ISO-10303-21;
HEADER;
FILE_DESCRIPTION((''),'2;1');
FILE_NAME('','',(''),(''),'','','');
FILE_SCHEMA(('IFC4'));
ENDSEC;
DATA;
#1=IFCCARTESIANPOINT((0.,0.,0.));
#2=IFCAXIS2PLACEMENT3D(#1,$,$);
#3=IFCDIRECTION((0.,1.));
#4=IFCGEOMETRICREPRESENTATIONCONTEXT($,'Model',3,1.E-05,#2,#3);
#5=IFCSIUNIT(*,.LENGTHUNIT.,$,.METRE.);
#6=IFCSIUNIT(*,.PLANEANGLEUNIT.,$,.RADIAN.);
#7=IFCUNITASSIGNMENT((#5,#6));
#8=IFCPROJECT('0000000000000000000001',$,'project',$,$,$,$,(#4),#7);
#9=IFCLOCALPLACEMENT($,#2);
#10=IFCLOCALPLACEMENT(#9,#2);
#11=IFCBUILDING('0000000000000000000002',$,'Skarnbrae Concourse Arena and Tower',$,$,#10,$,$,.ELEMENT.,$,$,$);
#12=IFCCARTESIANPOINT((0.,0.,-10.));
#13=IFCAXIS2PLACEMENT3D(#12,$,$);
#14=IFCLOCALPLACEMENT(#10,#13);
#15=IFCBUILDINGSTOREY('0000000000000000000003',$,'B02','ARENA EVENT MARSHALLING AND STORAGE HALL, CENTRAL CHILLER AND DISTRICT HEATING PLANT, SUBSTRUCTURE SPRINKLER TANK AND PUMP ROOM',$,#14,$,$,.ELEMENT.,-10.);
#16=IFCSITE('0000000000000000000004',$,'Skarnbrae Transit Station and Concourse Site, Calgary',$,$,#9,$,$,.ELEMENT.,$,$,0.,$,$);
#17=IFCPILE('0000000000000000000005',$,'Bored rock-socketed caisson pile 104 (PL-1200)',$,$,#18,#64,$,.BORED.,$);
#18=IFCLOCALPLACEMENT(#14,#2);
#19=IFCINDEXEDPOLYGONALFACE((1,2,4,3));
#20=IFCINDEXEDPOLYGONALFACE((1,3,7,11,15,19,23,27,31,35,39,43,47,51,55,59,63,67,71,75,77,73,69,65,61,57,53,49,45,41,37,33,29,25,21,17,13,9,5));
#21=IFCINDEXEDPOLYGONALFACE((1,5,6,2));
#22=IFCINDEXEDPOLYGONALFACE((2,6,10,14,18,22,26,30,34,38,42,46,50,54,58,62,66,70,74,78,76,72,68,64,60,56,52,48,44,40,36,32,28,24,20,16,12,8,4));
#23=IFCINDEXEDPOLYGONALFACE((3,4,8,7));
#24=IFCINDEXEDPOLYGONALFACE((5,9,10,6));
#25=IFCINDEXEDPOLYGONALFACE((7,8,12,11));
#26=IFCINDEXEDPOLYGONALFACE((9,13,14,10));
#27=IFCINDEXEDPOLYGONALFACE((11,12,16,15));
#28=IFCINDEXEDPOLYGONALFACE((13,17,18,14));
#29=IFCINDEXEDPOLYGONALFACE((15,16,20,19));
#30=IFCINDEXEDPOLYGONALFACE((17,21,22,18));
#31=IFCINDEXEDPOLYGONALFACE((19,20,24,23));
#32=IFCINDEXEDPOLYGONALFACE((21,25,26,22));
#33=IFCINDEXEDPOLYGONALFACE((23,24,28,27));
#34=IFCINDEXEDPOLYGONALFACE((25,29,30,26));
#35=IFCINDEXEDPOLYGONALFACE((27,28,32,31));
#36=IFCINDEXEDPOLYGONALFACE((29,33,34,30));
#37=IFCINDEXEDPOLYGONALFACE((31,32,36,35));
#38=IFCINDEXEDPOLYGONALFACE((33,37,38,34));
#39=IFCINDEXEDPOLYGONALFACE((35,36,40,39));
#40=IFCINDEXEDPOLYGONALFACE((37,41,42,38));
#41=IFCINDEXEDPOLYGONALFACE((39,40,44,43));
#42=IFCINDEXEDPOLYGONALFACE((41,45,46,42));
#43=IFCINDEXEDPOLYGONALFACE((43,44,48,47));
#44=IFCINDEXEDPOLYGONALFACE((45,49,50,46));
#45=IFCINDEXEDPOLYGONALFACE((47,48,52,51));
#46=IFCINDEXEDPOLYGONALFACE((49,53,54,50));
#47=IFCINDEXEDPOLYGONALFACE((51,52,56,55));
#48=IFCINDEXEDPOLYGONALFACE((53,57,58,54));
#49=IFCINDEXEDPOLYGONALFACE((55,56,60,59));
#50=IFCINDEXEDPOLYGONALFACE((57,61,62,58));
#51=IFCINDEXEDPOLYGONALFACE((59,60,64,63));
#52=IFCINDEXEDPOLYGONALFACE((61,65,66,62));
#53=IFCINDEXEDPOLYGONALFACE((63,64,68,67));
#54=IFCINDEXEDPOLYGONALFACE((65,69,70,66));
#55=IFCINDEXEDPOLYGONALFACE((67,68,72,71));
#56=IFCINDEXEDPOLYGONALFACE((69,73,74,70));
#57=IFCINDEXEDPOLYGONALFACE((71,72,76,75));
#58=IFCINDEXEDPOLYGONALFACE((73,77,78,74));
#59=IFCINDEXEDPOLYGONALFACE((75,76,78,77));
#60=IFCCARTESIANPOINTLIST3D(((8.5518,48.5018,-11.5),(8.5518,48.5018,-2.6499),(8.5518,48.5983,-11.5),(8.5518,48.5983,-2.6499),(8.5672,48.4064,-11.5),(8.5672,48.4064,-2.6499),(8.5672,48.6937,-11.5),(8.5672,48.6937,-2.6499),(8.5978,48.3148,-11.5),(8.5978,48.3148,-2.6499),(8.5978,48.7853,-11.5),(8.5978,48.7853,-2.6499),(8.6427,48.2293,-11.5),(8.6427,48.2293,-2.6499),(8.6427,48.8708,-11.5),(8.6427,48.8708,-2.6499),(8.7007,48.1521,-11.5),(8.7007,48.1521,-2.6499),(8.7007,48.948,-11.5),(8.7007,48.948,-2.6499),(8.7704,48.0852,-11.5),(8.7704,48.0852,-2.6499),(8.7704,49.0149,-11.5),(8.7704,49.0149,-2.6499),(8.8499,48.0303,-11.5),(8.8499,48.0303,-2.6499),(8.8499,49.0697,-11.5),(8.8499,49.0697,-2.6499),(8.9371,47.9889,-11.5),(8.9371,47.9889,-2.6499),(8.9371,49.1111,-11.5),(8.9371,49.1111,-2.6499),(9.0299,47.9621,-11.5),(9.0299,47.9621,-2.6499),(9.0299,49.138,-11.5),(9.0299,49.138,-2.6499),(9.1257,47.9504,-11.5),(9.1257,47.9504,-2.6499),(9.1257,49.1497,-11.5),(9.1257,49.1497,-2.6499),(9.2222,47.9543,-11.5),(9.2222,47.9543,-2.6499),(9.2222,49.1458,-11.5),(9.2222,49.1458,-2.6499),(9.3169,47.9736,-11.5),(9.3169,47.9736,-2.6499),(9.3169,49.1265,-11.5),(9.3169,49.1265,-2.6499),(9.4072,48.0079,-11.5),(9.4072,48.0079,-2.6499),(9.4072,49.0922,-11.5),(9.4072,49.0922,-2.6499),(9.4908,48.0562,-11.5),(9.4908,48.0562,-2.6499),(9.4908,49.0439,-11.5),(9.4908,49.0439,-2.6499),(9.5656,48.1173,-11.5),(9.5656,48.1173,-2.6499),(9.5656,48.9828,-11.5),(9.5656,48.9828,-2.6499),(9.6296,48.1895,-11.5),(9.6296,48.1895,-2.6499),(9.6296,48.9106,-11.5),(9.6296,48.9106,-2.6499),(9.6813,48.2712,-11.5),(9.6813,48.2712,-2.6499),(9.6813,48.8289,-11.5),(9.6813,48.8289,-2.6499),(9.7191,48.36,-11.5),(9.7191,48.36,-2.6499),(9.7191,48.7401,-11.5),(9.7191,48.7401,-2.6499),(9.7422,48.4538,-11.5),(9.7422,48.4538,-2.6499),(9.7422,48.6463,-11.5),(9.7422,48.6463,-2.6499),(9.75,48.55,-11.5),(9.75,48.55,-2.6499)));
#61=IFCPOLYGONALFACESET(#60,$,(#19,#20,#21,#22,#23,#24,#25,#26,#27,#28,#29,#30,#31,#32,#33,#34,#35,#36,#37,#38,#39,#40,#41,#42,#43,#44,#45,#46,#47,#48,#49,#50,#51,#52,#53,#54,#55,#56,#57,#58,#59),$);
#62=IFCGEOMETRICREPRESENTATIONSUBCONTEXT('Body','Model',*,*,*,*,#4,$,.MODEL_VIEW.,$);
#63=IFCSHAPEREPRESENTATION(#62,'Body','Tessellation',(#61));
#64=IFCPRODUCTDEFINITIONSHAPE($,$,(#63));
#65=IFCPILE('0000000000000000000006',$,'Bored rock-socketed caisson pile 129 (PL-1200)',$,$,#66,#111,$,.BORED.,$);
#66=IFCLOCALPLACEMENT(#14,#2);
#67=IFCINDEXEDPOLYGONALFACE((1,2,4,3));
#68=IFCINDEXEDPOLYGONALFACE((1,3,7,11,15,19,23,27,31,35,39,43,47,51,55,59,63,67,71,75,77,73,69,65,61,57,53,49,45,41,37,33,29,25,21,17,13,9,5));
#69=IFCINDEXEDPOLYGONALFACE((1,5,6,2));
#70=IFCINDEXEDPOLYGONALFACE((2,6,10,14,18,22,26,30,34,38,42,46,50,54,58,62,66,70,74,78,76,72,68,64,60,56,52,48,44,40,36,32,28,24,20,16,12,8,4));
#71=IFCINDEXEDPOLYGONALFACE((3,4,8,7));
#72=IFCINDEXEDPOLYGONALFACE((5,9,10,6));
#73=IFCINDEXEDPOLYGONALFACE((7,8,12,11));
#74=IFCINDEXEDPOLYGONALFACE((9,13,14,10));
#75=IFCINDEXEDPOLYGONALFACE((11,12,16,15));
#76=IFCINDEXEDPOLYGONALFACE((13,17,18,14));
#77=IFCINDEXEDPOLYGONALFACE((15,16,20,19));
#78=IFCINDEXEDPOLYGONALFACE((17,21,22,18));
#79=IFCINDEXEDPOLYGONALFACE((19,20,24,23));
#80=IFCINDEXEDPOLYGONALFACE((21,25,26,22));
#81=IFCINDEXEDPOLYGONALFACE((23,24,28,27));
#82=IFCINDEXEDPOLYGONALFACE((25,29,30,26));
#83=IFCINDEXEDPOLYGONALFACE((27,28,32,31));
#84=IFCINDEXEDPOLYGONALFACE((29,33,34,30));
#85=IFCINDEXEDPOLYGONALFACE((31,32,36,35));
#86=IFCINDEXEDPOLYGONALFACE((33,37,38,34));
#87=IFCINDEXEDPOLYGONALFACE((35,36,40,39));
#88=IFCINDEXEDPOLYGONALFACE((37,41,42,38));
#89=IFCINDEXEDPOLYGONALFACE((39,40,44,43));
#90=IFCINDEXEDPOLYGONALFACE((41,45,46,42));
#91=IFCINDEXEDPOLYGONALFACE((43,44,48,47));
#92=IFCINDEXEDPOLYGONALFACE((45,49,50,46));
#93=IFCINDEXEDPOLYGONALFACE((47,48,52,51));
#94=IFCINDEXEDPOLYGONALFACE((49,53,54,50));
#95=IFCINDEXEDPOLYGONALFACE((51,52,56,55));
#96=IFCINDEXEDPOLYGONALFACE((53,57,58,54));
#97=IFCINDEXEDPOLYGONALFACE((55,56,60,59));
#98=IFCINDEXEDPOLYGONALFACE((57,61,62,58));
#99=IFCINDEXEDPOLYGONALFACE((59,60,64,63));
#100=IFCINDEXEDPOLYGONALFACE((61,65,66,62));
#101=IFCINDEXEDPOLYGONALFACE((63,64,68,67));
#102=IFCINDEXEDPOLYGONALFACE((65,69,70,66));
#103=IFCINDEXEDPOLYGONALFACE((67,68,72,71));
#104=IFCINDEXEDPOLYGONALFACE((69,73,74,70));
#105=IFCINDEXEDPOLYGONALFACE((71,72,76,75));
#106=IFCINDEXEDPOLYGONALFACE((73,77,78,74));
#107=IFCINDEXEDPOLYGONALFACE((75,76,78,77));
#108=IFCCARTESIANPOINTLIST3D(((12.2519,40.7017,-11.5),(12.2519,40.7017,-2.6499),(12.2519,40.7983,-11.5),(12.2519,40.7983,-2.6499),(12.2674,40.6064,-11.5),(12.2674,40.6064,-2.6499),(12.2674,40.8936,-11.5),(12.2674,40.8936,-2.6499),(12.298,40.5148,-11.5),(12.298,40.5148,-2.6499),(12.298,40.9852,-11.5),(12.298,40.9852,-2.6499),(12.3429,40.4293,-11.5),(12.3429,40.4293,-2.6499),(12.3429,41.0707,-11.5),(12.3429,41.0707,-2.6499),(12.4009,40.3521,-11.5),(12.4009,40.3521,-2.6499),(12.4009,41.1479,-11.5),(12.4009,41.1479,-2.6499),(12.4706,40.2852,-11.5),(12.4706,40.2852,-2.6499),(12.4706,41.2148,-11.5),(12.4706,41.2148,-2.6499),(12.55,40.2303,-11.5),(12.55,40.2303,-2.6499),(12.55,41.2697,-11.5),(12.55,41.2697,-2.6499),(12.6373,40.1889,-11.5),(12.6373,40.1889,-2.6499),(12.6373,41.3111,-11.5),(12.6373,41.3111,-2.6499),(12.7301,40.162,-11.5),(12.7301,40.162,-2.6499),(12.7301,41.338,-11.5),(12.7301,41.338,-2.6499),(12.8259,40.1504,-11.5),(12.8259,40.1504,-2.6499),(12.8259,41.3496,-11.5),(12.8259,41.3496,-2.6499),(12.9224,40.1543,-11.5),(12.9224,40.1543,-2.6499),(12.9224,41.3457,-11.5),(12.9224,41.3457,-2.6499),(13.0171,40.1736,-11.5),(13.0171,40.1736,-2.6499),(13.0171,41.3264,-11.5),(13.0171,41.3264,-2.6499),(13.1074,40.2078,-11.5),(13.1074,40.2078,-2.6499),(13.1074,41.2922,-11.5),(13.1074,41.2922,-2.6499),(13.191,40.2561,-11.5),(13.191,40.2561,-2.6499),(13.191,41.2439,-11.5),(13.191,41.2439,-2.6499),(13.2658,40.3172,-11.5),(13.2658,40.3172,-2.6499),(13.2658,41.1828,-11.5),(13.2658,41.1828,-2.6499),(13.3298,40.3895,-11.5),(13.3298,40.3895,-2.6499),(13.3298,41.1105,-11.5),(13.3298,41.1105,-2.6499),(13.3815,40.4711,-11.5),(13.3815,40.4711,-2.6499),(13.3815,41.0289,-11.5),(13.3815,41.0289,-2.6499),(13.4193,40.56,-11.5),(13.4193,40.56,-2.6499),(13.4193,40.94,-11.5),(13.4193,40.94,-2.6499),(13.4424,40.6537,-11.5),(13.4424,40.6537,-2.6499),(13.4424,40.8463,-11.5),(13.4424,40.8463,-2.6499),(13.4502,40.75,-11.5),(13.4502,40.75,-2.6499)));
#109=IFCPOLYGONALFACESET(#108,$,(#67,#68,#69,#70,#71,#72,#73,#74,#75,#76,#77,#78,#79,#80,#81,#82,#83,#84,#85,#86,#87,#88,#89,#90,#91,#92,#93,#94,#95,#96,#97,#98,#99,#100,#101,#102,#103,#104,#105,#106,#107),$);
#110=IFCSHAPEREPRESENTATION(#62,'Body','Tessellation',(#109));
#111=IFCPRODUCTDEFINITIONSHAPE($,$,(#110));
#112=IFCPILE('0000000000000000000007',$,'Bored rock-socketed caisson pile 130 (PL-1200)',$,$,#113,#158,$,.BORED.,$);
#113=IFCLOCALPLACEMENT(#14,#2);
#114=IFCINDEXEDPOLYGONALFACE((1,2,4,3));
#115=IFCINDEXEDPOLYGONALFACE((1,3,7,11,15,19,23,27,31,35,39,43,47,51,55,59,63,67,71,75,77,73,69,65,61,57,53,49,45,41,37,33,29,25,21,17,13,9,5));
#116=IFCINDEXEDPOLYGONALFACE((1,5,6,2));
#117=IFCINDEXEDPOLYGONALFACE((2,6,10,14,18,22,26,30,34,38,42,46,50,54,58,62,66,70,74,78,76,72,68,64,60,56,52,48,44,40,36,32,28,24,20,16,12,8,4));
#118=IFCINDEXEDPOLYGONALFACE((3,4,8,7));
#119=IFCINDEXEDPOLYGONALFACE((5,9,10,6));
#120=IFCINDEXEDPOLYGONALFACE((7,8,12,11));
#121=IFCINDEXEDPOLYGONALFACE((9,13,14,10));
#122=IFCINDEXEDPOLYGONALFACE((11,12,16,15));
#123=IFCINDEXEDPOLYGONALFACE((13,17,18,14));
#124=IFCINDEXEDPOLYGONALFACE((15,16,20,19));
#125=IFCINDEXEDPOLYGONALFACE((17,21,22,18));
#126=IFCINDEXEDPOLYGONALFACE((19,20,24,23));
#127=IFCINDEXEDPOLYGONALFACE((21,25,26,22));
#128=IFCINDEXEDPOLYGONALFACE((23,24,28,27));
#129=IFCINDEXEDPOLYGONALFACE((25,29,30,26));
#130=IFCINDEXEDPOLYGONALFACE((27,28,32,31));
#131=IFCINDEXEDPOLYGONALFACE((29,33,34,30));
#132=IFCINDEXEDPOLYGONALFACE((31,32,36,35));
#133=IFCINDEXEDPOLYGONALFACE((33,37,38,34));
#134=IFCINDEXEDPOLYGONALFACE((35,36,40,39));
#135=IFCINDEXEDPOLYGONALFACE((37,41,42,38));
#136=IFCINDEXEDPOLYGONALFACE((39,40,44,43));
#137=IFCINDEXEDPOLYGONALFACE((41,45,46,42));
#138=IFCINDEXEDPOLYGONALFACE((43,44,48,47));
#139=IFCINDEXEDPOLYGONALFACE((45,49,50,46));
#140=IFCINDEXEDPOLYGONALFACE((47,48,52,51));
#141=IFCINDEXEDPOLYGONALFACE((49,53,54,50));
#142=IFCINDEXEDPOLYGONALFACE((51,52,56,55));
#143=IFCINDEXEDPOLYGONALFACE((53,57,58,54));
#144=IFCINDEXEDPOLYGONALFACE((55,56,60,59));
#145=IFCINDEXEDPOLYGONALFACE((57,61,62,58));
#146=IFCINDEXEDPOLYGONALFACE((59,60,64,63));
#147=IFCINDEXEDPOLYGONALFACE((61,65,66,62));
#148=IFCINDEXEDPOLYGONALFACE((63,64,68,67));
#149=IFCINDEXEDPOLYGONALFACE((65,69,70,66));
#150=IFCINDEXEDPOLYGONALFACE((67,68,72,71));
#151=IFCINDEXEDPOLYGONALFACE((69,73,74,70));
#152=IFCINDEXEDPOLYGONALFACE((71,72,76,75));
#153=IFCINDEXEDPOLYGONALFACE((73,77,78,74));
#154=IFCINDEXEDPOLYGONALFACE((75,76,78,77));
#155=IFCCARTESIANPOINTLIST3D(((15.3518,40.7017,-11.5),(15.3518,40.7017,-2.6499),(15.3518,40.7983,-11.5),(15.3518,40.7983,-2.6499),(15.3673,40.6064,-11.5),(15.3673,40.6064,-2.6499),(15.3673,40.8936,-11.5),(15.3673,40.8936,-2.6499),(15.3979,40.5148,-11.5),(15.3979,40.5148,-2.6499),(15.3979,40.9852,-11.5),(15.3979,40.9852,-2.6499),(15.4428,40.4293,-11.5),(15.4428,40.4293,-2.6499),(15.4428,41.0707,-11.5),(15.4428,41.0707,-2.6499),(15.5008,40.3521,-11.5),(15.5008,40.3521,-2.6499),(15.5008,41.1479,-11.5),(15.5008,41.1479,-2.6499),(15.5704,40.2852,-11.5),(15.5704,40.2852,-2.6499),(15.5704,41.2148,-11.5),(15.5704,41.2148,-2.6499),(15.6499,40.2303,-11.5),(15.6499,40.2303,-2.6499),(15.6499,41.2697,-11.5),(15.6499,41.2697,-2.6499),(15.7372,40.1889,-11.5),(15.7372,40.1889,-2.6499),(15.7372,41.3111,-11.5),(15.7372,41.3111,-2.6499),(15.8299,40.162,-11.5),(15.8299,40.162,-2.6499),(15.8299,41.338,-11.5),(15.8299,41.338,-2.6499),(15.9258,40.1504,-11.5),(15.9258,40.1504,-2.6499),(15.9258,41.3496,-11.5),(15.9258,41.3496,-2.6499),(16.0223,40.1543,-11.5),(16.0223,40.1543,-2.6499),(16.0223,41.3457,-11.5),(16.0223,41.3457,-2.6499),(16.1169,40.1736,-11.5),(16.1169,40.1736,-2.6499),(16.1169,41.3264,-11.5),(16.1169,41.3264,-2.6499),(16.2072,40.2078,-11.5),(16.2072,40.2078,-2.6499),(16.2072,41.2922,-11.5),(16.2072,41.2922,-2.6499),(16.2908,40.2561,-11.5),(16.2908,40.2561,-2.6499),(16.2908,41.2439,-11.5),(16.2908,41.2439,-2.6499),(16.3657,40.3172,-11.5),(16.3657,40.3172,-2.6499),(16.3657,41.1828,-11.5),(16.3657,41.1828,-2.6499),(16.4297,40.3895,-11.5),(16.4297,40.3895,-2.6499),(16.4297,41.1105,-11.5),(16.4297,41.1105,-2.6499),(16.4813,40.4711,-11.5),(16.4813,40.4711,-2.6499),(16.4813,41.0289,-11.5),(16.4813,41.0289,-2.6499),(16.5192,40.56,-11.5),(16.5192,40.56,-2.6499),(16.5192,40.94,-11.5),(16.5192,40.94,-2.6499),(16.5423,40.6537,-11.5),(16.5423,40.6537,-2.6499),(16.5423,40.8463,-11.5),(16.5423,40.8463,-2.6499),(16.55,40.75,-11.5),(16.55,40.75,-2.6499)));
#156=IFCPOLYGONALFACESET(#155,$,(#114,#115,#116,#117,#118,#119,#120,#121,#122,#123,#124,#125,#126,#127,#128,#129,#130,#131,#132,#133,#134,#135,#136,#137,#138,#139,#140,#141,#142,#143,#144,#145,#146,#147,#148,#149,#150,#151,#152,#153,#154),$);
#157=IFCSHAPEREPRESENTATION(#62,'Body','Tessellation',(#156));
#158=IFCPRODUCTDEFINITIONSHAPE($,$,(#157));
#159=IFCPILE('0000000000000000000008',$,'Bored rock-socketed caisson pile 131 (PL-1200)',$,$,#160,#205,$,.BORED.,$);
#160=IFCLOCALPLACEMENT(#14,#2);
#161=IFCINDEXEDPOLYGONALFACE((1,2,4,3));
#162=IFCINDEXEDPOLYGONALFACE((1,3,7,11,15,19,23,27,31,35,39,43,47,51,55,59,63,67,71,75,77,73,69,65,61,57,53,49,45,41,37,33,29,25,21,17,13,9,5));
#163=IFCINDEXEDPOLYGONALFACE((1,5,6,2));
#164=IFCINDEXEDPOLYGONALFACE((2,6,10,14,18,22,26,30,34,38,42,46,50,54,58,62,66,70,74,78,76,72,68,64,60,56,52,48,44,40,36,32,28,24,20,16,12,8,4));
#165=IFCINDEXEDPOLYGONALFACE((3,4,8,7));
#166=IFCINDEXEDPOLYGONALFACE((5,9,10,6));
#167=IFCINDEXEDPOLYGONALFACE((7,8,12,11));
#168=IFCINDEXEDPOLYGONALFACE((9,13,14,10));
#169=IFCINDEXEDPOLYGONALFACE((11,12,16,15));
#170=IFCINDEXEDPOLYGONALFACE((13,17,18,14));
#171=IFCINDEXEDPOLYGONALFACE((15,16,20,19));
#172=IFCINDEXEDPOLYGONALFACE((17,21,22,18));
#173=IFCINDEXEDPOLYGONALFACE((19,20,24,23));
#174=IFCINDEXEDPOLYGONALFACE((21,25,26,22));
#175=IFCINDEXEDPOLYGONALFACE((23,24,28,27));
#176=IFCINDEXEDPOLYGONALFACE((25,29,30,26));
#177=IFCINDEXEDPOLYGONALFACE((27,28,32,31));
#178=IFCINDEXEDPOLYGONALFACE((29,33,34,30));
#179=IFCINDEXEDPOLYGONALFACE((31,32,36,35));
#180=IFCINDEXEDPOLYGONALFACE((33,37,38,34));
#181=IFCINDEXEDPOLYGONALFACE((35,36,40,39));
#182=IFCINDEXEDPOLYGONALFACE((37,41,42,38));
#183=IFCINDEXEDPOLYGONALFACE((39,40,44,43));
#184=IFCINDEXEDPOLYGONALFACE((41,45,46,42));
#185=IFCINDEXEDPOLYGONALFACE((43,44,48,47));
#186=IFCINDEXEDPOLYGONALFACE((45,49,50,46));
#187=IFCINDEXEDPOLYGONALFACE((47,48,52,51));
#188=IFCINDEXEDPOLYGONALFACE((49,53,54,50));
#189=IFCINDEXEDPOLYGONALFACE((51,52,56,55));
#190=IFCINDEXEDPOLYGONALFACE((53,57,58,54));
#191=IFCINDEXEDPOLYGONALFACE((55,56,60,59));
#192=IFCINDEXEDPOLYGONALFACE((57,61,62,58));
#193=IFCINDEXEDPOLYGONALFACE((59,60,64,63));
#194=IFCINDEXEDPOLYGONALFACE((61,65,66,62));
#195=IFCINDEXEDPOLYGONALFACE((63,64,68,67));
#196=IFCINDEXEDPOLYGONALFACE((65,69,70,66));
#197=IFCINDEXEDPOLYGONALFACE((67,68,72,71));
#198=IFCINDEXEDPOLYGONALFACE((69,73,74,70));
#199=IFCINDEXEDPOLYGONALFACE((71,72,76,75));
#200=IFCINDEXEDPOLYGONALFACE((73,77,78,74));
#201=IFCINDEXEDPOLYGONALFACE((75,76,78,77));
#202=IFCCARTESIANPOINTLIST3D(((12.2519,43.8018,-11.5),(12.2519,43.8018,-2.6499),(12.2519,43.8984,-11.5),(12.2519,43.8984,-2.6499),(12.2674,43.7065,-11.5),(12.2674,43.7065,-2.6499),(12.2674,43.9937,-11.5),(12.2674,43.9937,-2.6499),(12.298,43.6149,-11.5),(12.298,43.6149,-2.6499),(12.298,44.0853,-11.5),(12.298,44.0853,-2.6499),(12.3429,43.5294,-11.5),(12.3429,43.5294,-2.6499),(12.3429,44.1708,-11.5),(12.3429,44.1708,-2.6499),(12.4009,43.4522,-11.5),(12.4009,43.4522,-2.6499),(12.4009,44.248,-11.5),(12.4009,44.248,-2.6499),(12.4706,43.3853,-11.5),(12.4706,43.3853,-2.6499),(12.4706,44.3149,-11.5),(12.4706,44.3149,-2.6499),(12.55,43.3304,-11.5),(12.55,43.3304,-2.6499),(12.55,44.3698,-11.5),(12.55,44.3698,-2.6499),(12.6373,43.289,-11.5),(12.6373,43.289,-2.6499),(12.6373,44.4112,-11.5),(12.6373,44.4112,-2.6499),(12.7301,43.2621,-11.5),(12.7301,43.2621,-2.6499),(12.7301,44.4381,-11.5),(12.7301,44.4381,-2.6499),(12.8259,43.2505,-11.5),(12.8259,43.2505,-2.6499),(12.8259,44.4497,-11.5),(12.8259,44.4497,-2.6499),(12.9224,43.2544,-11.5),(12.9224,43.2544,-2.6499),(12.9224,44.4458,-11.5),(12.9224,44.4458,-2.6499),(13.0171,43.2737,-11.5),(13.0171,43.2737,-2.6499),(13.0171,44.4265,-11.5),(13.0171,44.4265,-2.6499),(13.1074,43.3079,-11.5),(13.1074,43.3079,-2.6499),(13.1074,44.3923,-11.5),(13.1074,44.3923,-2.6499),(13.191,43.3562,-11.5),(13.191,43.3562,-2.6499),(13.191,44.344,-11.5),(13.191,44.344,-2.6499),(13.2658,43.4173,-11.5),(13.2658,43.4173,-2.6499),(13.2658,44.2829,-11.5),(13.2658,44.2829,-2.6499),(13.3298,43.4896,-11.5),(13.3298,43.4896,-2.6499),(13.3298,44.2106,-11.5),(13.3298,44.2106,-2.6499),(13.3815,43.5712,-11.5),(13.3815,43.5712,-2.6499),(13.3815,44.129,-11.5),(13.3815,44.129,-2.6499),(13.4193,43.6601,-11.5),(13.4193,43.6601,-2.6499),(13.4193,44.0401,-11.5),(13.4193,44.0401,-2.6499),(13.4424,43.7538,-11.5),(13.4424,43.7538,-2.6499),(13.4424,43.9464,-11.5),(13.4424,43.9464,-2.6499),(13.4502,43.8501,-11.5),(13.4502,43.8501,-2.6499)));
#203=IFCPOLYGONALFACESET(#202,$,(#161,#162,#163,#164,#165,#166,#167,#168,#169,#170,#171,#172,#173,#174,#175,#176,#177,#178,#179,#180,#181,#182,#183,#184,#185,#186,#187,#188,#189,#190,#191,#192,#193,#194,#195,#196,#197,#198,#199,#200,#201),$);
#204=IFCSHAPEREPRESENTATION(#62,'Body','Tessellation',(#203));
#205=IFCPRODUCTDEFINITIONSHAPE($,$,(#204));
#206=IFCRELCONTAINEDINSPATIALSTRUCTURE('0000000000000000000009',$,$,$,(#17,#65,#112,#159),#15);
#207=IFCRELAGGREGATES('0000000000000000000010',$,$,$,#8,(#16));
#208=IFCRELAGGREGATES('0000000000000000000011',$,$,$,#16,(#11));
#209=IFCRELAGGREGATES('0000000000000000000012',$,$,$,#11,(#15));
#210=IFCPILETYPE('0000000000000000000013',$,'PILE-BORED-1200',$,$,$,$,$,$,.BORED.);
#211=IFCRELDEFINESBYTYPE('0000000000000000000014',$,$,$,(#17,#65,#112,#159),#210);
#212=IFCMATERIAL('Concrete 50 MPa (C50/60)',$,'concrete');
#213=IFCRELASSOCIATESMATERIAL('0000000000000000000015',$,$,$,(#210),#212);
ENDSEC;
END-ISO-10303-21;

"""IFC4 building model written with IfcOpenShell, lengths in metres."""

from ifc_helpers import new_model, si_unit, direction, frame, origin, origin_2d, place, context, subcontext, project, spatial, circle, extrude, source, transform, mapped, material, material_profile, profile_set, type_object, element, save


model = new_model("IFC4")

# Units and contexts
model_context = context("Model", 3, precision=1e-05, world=origin(), true_north=direction((0.0, 1.0)))
body_context = subcontext(model_context, "Body", "Model", "MODEL_VIEW")
ifc_project = project(units=[si_unit("LENGTHUNIT", "METRE"), si_unit("PLANEANGLEUNIT", "RADIAN")], contexts=[model_context])

# Site, building, storey
site_placement = place(None, origin())
site = spatial("IfcSite", under=ifc_project, at=site_placement, Name="Skarnbrae Transit Station and Concourse Site, Calgary", CompositionType="ELEMENT", RefElevation=0.0)
building_placement = place(site_placement, origin())
building = spatial("IfcBuilding", under=site, at=building_placement, Name="Skarnbrae Concourse Arena and Tower", CompositionType="ELEMENT")
storey_placement = place(building_placement, frame((0.0, 0.0, -10.0)))
storey = spatial("IfcBuildingStorey", under=building, at=storey_placement, Name="B02", Description="ARENA EVENT MARSHALLING AND STORAGE HALL, CENTRAL CHILLER AND DISTRICT HEATING PLANT, SUBSTRUCTURE SPRINKLER TANK AND PUMP ROOM", CompositionType="ELEMENT", Elevation=-10.0)

# Shared definitions
ifc_material_1 = material(Name="Concrete 50 MPa (C50/60)", Category="concrete")

# Piles
ifc_material_profile_1 = material_profile(ifc_material_1, circle(Radius=0.6001, at=origin_2d()), Name="CAISSON-1200")
ifc_profile_set_1 = profile_set([ifc_material_profile_1], Name="Concrete 50 MPa (C50/60)")
pile_type = type_object("IfcPileType", Name="PILE-BORED-1200", PredefinedType="BORED", material=ifc_profile_set_1)
shared_shape_1 = source(origin(), body_context, "Body", "SweptSolid", [
    extrude(circle(Radius=0.6001, at=origin_2d()), origin(), (0.0, 0.0, 1.0), 8.8501),
])
for number, where, z_axis, x_axis, name in (
    (1, (9.1499, 48.55, -2.6499), (0.0, 0.0, -1.0), (1.0, 0.0, 0.0), "Bored rock-socketed caisson pile 104 (PL-1200)"),
    (2, (12.8501, 40.75, -2.6499), (0.0, 0.0, -1.0), (1.0, 0.0, 0.0), "Bored rock-socketed caisson pile 129 (PL-1200)"),
    (3, (15.95, 40.75, -2.6499), (0.0, 0.0, -1.0), (1.0, 0.0, 0.0), "Bored rock-socketed caisson pile 130 (PL-1200)"),
    (4, (12.8501, 43.8501, -2.6499), (0.0, 0.0, -1.0), (1.0, 0.0, 0.0), "Bored rock-socketed caisson pile 131 (PL-1200)"),
):
    element("IfcPile", number, at=place(storey_placement, frame(where, z_axis=z_axis, x_axis=x_axis)), inside=storey, type_object=pile_type, Name=name, PredefinedType="BORED", context=body_context, shape_type="MappedRepresentation", body=[
        mapped(shared_shape_1, transform((0.0, 0.0, 0.0))),
    ])

save(model, "model.ifc")
